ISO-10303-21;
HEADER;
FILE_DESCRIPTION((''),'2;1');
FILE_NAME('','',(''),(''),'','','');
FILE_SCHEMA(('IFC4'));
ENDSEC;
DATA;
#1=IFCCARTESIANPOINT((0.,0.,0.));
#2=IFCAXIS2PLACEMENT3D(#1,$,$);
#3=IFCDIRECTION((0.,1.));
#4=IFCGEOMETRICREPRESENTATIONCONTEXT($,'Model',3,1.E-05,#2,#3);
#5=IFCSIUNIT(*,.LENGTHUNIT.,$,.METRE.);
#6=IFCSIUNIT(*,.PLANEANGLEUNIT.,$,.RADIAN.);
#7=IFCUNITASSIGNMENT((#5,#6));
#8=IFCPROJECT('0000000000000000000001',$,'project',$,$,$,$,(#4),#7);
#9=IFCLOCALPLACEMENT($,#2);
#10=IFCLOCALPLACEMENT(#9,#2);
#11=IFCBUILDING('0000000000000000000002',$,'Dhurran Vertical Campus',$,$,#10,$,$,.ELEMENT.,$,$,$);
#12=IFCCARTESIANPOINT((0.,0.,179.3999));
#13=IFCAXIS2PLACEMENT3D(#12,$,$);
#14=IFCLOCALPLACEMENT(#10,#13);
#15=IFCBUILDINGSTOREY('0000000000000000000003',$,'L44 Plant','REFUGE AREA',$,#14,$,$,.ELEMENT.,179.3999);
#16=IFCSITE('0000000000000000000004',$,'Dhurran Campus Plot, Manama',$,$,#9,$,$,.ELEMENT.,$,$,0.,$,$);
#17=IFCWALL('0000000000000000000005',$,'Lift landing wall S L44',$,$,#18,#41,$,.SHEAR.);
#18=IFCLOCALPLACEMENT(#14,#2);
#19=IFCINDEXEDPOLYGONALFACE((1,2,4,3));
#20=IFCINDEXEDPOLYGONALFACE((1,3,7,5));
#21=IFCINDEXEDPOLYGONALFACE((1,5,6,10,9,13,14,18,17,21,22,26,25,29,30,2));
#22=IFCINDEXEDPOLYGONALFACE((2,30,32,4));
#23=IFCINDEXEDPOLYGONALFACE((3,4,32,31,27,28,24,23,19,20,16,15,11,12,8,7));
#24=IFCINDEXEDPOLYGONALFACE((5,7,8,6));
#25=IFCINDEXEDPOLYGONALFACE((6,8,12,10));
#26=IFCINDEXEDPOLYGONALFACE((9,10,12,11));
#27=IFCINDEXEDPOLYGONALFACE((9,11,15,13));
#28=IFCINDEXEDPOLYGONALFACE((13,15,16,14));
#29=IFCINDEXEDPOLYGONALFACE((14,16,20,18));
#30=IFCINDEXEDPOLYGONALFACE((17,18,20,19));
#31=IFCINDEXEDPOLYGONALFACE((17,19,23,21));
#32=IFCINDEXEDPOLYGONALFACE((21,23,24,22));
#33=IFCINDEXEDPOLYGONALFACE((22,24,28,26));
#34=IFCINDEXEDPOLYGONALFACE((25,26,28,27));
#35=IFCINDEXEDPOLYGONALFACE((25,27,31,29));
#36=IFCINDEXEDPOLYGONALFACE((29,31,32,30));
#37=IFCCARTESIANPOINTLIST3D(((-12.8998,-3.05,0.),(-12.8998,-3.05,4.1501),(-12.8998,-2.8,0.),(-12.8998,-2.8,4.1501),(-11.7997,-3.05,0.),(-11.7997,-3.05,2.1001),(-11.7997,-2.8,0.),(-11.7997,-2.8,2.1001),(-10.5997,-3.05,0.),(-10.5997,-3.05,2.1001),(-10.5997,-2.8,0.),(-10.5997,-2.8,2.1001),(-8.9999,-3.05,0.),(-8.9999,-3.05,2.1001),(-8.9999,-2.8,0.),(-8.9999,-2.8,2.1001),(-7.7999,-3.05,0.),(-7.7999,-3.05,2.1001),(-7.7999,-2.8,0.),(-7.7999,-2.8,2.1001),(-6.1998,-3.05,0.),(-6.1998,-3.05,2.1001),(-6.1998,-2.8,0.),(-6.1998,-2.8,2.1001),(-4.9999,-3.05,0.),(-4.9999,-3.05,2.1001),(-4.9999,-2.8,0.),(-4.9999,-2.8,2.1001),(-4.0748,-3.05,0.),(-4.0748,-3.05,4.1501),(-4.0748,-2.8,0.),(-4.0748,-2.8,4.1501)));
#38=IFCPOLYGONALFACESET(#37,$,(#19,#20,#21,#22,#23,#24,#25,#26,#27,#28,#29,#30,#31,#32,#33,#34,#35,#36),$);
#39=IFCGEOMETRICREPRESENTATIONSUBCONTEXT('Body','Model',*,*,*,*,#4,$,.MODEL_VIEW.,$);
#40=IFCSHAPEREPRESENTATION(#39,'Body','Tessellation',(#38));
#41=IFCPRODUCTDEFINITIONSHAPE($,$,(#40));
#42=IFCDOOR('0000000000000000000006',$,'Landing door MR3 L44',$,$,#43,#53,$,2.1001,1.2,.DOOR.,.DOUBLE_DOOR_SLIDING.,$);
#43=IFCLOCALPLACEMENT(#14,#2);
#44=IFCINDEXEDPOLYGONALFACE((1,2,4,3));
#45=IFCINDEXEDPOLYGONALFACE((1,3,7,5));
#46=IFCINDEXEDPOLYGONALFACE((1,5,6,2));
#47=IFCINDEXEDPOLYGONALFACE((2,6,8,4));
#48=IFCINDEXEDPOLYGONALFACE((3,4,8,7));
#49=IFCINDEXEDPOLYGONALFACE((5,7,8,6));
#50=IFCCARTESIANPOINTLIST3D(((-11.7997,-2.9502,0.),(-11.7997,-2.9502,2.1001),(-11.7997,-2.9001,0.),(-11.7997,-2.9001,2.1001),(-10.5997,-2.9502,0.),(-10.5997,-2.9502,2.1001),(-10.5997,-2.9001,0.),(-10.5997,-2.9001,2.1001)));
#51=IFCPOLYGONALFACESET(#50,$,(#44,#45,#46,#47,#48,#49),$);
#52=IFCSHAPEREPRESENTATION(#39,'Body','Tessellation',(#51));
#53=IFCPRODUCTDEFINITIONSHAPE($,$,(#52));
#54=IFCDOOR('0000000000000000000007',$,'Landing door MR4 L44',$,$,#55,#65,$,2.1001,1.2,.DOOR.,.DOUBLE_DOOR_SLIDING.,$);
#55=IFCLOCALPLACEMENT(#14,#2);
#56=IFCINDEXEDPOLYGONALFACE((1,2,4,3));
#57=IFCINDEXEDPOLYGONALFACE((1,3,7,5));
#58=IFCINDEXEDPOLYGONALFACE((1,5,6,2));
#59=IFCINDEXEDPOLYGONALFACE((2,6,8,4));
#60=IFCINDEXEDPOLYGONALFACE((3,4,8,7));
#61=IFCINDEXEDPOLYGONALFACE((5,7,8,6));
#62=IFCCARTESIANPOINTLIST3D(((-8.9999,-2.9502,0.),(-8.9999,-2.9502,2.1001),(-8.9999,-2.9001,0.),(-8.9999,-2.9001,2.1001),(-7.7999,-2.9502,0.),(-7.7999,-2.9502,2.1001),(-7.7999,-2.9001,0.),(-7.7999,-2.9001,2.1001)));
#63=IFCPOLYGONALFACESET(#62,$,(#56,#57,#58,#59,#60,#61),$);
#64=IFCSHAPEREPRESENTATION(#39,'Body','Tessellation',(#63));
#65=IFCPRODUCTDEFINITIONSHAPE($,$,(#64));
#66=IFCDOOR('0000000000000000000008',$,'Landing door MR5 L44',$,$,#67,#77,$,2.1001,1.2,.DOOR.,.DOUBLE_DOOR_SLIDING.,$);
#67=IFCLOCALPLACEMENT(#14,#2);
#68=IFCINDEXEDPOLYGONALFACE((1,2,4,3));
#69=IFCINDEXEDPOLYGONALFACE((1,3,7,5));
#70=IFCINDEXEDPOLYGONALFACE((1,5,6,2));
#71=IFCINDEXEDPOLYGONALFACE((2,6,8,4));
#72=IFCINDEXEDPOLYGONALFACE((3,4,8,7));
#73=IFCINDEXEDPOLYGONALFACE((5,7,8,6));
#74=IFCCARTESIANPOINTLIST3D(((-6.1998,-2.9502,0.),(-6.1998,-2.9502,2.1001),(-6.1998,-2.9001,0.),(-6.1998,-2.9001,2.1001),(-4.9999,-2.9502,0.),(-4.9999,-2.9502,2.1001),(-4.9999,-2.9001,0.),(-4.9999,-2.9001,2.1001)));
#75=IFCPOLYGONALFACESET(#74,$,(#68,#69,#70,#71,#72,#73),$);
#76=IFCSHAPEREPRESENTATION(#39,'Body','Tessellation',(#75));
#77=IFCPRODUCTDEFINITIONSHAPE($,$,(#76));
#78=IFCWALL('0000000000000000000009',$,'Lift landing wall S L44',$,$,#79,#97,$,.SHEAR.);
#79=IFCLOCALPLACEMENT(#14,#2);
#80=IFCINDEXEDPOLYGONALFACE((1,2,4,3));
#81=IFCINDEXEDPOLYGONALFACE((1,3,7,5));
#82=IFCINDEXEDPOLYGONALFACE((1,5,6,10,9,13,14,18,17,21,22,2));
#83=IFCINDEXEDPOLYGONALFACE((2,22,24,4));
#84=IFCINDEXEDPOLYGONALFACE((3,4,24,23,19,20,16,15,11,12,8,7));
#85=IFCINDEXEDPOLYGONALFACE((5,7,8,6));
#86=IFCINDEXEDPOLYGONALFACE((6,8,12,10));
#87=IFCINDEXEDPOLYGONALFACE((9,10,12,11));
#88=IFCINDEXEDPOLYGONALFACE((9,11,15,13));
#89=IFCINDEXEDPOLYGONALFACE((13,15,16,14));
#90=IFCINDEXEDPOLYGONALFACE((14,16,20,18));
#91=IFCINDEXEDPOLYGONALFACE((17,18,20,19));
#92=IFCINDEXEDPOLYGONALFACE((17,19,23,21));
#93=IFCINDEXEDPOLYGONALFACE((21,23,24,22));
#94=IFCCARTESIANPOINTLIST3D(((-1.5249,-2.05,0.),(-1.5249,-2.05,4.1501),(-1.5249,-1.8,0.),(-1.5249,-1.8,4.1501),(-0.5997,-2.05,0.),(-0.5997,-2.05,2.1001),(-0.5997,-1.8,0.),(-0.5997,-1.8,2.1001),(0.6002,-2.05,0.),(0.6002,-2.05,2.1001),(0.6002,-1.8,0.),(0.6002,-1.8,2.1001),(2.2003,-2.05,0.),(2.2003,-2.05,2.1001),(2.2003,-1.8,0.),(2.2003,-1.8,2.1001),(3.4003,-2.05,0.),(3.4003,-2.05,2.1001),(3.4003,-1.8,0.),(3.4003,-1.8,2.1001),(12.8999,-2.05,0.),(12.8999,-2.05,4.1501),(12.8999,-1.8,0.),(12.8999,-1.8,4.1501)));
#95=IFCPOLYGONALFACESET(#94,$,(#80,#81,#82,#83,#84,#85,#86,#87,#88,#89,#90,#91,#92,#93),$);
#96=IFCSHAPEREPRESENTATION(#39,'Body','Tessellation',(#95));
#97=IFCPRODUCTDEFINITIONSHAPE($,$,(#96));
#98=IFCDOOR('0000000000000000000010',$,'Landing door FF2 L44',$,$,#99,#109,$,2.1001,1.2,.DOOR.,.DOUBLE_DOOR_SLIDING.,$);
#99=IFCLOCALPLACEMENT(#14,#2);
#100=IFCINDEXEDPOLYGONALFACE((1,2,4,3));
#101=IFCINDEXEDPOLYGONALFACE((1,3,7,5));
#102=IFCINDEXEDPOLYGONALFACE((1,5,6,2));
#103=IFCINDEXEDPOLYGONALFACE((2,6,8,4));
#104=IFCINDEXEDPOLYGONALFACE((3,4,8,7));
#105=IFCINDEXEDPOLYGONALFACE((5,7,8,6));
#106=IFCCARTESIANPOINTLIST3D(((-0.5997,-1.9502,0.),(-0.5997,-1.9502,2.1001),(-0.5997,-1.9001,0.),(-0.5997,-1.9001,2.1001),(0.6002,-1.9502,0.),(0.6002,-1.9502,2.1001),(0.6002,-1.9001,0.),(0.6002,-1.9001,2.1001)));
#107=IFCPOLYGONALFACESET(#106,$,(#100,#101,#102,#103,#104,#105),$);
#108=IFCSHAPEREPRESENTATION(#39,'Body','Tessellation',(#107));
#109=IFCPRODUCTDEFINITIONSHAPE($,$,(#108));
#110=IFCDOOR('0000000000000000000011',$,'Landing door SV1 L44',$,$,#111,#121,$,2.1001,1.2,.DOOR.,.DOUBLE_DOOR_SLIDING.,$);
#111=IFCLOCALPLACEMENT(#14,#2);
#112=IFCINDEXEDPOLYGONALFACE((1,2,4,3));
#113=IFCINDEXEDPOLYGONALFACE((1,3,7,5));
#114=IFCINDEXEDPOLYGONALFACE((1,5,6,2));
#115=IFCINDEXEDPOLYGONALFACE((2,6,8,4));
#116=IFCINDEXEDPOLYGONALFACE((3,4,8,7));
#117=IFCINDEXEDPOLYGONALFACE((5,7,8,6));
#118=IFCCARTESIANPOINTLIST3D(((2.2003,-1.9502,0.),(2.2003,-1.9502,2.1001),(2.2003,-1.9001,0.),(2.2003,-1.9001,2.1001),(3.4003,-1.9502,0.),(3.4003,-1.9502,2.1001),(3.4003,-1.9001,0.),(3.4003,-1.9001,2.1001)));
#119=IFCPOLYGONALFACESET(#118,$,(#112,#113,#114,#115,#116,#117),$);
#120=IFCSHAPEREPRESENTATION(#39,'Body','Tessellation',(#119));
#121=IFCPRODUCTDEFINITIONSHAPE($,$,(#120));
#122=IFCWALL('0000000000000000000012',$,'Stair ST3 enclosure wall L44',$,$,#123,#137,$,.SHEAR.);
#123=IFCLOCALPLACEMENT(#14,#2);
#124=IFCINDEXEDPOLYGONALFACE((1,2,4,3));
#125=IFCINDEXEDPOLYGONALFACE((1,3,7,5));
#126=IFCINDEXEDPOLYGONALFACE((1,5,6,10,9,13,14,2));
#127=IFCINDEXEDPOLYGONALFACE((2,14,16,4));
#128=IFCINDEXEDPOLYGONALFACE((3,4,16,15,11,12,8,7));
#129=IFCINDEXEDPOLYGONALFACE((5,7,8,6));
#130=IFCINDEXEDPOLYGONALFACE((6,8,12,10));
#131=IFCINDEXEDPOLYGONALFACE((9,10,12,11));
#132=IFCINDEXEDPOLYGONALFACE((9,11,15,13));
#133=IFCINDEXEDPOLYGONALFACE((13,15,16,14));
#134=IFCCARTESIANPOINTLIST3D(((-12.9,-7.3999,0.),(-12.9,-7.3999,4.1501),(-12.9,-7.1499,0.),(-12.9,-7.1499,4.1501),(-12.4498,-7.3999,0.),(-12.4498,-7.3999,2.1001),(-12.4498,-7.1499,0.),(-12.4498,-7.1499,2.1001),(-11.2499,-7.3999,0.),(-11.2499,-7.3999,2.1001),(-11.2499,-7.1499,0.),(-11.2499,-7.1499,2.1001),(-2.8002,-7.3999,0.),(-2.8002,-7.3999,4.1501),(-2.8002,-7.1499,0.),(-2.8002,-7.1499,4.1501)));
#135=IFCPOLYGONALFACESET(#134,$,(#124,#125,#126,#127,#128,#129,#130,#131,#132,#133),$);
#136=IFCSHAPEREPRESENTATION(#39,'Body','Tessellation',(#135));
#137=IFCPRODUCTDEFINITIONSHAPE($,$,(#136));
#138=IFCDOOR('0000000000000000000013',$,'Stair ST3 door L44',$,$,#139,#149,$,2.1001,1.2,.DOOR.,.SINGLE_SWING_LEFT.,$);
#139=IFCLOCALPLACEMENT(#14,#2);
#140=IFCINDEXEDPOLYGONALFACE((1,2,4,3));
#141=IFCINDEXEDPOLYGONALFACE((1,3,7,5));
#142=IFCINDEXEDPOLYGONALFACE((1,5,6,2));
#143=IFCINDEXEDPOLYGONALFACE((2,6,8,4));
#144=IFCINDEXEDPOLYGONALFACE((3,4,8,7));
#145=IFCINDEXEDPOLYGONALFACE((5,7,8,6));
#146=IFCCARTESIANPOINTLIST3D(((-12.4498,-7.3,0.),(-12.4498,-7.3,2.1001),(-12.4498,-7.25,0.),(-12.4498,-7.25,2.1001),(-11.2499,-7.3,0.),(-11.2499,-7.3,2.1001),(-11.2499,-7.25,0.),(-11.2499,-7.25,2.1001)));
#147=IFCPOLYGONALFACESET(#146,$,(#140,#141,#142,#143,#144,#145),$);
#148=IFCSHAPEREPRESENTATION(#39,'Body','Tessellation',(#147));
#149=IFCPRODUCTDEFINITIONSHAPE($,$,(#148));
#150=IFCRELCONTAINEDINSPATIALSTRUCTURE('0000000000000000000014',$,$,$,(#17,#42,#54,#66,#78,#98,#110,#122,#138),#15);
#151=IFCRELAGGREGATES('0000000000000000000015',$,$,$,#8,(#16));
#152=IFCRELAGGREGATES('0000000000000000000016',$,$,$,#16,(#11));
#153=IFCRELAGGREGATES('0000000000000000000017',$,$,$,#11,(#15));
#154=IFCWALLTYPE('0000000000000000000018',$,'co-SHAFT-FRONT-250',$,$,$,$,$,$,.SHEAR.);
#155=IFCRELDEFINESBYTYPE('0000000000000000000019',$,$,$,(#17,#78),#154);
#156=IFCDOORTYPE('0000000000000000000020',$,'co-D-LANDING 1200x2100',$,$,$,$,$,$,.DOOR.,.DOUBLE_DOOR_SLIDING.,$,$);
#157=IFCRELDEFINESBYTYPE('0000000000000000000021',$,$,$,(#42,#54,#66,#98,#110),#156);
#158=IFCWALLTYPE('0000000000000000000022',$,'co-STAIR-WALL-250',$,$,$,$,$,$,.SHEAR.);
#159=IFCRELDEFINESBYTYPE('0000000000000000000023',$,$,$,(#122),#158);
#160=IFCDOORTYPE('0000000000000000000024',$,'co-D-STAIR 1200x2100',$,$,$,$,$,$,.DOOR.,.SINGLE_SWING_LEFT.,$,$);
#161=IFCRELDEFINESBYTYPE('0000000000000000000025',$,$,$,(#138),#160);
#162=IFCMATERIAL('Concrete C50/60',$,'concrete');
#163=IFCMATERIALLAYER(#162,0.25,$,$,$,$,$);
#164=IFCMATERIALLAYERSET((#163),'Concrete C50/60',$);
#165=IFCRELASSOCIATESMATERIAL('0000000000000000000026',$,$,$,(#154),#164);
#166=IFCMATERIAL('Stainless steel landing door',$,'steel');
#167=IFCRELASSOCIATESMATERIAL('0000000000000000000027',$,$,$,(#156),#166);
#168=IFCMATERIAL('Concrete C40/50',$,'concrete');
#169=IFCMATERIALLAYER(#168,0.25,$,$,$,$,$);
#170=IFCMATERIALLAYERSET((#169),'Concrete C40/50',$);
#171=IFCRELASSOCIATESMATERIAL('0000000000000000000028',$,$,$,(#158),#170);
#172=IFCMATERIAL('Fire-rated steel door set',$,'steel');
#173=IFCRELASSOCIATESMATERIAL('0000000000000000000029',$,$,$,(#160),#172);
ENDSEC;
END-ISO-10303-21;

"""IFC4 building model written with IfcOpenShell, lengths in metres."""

from ifc_helpers import new_model, si_unit, direction, frame, frame_2d, origin, place, context, subcontext, project, spatial, rectangle, extrude, material, layer, layer_set, type_object, element, fill, save


model = new_model("IFC4")

# Units and contexts
model_context = context("Model", 3, precision=1e-05, world=origin(), true_north=direction((0.0, 1.0)))
body_context = subcontext(model_context, "Body", "Model", "MODEL_VIEW")
ifc_project = project(units=[si_unit("LENGTHUNIT", "METRE"), si_unit("PLANEANGLEUNIT", "RADIAN")], contexts=[model_context])

# Site, building, storey
site_placement = place(None, origin())
site = spatial("IfcSite", under=ifc_project, at=site_placement, Name="Dhurran Campus Plot, Manama", CompositionType="ELEMENT", RefElevation=0.0)
building_placement = place(site_placement, origin())
building = spatial("IfcBuilding", under=site, at=building_placement, Name="Dhurran Vertical Campus", CompositionType="ELEMENT")
storey_placement = place(building_placement, frame((0.0, 0.0, 179.3999)))
storey = spatial("IfcBuildingStorey", under=building, at=storey_placement, Name="L44 Plant", Description="REFUGE AREA", CompositionType="ELEMENT", Elevation=179.3999)

# Walls, openings, doors
ifc_material_1 = material(Name="Concrete C50/60", Category="concrete")
ifc_layer_1 = layer(ifc_material_1, 0.25)
ifc_layer_set_1 = layer_set([ifc_layer_1], Name="Concrete C50/60")
wall_type_1 = type_object("IfcWallType", Name="co-SHAFT-FRONT-250", PredefinedType="SHEAR", material=ifc_layer_set_1)
wall_1_placement = place(storey_placement, frame((-12.8999, -2.925, 0.0), z_axis=(0.0, 0.0, 1.0), x_axis=(1.0, 0.0, 0.0)))
wall_1 = element("IfcWall", 1, at=wall_1_placement, inside=storey, type_object=wall_type_1, Name="Lift landing wall S L44", PredefinedType="SHEAR", context=body_context, shape_type="SweptSolid", body=[
    extrude(rectangle(XDim=8.825, YDim=0.25, at=frame_2d((4.4126, 0.0))), origin(), (0.0, 0.0, 1.0), 4.1501),
])
opening_1_placement = place(wall_1_placement, frame((1.1001, 0.0, 0.0)))
opening_1 = element("IfcOpeningElement", 2, at=opening_1_placement, cuts=wall_1, PredefinedType="OPENING", context=body_context, shape_type="SweptSolid", body=[
    extrude(rectangle(XDim=1.2, YDim=2.1001, at=frame_2d((0.6001, 1.05))), frame((0.0, 0.135, 0.0), z_axis=(0.0, -1.0, 0.0), x_axis=(1.0, 0.0, 0.0)), (0.0, 0.0, 1.0), 0.27),
])
opening_2_placement = place(wall_1_placement, frame((3.8999, 0.0, 0.0)))
opening_2 = element("IfcOpeningElement", 3, at=opening_2_placement, cuts=wall_1, PredefinedType="OPENING", context=body_context, shape_type="SweptSolid", body=[
    extrude(rectangle(XDim=1.2, YDim=2.1001, at=frame_2d((0.6001, 1.05))), frame((0.0, 0.135, 0.0), z_axis=(0.0, -1.0, 0.0), x_axis=(1.0, 0.0, 0.0)), (0.0, 0.0, 1.0), 0.27),
])
opening_3_placement = place(wall_1_placement, frame((6.7, 0.0, 0.0)))
opening_3 = element("IfcOpeningElement", 4, at=opening_3_placement, cuts=wall_1, PredefinedType="OPENING", context=body_context, shape_type="SweptSolid", body=[
    extrude(rectangle(XDim=1.2, YDim=2.1001, at=frame_2d((0.6001, 1.05))), frame((0.0, 0.135, 0.0), z_axis=(0.0, -1.0, 0.0), x_axis=(1.0, 0.0, 0.0)), (0.0, 0.0, 1.0), 0.27),
])
ifc_material_2 = material(Name="Stainless steel landing door", Category="steel")
door_type_1 = type_object("IfcDoorType", Name="co-D-LANDING 1200x2100", OperationType="DOUBLE_DOOR_SLIDING", PredefinedType="DOOR", material=ifc_material_2)
door_1_placement = place(opening_1_placement, origin())
door_1 = element("IfcDoor", 5, at=door_1_placement, inside=storey, type_object=door_type_1, Name="Landing door MR3 L44", OperationType="DOUBLE_DOOR_SLIDING", OverallHeight=2.1001, OverallWidth=1.2, PredefinedType="DOOR", context=body_context, shape_type="SweptSolid", body=[
    extrude(rectangle(XDim=1.2, YDim=2.1001, at=frame_2d((0.6001, 1.05))), frame((0.0, 0.0249, 0.0), z_axis=(0.0, -1.0, 0.0), x_axis=(1.0, 0.0, 0.0)), (0.0, 0.0, 1.0), 0.05),
])
fill(opening_1, door_1)
door_2_placement = place(opening_2_placement, origin())
door_2 = element("IfcDoor", 6, at=door_2_placement, inside=storey, type_object=door_type_1, Name="Landing door MR4 L44", OperationType="DOUBLE_DOOR_SLIDING", OverallHeight=2.1001, OverallWidth=1.2, PredefinedType="DOOR", context=body_context, shape_type="SweptSolid", body=[
    extrude(rectangle(XDim=1.2, YDim=2.1001, at=frame_2d((0.6001, 1.05))), frame((0.0, 0.0249, 0.0), z_axis=(0.0, -1.0, 0.0), x_axis=(1.0, 0.0, 0.0)), (0.0, 0.0, 1.0), 0.05),
])
fill(opening_2, door_2)
door_3_placement = place(opening_3_placement, origin())
door_3 = element("IfcDoor", 7, at=door_3_placement, inside=storey, type_object=door_type_1, Name="Landing door MR5 L44", OperationType="DOUBLE_DOOR_SLIDING", OverallHeight=2.1001, OverallWidth=1.2, PredefinedType="DOOR", context=body_context, shape_type="SweptSolid", body=[
    extrude(rectangle(XDim=1.2, YDim=2.1001, at=frame_2d((0.6001, 1.05))), frame((0.0, 0.0249, 0.0), z_axis=(0.0, -1.0, 0.0), x_axis=(1.0, 0.0, 0.0)), (0.0, 0.0, 1.0), 0.05),
])
fill(opening_3, door_3)
wall_2_placement = place(storey_placement, frame((-1.5249, -1.925, 0.0), z_axis=(0.0, 0.0, 1.0), x_axis=(1.0, 0.0, 0.0)))
wall_2 = element("IfcWall", 8, at=wall_2_placement, inside=storey, type_object=wall_type_1, Name="Lift landing wall S L44", PredefinedType="SHEAR", context=body_context, shape_type="SweptSolid", body=[
    extrude(rectangle(XDim=14.4248, YDim=0.25, at=frame_2d((7.2124, 0.0))), origin(), (0.0, 0.0, 1.0), 4.1501),
])
opening_4_placement = place(wall_2_placement, frame((0.925, 0.0, 0.0)))
opening_4 = element("IfcOpeningElement", 9, at=opening_4_placement, cuts=wall_2, PredefinedType="OPENING", context=body_context, shape_type="SweptSolid", body=[
    extrude(rectangle(XDim=1.2, YDim=2.1001, at=frame_2d((0.6001, 1.05))), frame((0.0, 0.135, 0.0), z_axis=(0.0, -1.0, 0.0), x_axis=(1.0, 0.0, 0.0)), (0.0, 0.0, 1.0), 0.27),
])
opening_5_placement = place(wall_2_placement, frame((3.7251, 0.0, 0.0)))
opening_5 = element("IfcOpeningElement", 10, at=opening_5_placement, cuts=wall_2, PredefinedType="OPENING", context=body_context, shape_type="SweptSolid", body=[
    extrude(rectangle(XDim=1.2, YDim=2.1001, at=frame_2d((0.6001, 1.05))), frame((0.0, 0.135, 0.0), z_axis=(0.0, -1.0, 0.0), x_axis=(1.0, 0.0, 0.0)), (0.0, 0.0, 1.0), 0.27),
])
door_4_placement = place(opening_4_placement, origin())
door_4 = element("IfcDoor", 11, at=door_4_placement, inside=storey, type_object=door_type_1, Name="Landing door FF2 L44", OperationType="DOUBLE_DOOR_SLIDING", OverallHeight=2.1001, OverallWidth=1.2, PredefinedType="DOOR", context=body_context, shape_type="SweptSolid", body=[
    extrude(rectangle(XDim=1.2, YDim=2.1001, at=frame_2d((0.6001, 1.05))), frame((0.0, 0.0249, 0.0), z_axis=(0.0, -1.0, 0.0), x_axis=(1.0, 0.0, 0.0)), (0.0, 0.0, 1.0), 0.05),
])
fill(opening_4, door_4)
door_5_placement = place(opening_5_placement, origin())
door_5 = element("IfcDoor", 12, at=door_5_placement, inside=storey, type_object=door_type_1, Name="Landing door SV1 L44", OperationType="DOUBLE_DOOR_SLIDING", OverallHeight=2.1001, OverallWidth=1.2, PredefinedType="DOOR", context=body_context, shape_type="SweptSolid", body=[
    extrude(rectangle(XDim=1.2, YDim=2.1001, at=frame_2d((0.6001, 1.05))), frame((0.0, 0.0249, 0.0), z_axis=(0.0, -1.0, 0.0), x_axis=(1.0, 0.0, 0.0)), (0.0, 0.0, 1.0), 0.05),
])
fill(opening_5, door_5)

# Wall, opening, door
ifc_material_3 = material(Name="Concrete C40/50", Category="concrete")
ifc_layer_2 = layer(ifc_material_3, 0.25)
ifc_layer_set_2 = layer_set([ifc_layer_2], Name="Concrete C40/50")
wall_type_2 = type_object("IfcWallType", Name="co-STAIR-WALL-250", PredefinedType="SHEAR", material=ifc_layer_set_2)
wall_3_placement = place(storey_placement, frame((-12.8999, -7.2749, 0.0), z_axis=(0.0, 0.0, 1.0), x_axis=(1.0, 0.0, 0.0)))
wall_3 = element("IfcWall", 13, at=wall_3_placement, inside=storey, type_object=wall_type_2, Name="Stair ST3 enclosure wall L44", PredefinedType="SHEAR", context=body_context, shape_type="SweptSolid", body=[
    extrude(rectangle(XDim=10.0999, YDim=0.25, at=frame_2d((5.0498, 0.0))), origin(), (0.0, 0.0, 1.0), 4.1501),
])
opening_6_placement = place(wall_3_placement, frame((0.45, 0.0, 0.0)))
opening_6 = element("IfcOpeningElement", 14, at=opening_6_placement, cuts=wall_3, PredefinedType="OPENING", context=body_context, shape_type="SweptSolid", body=[
    extrude(rectangle(XDim=1.2, YDim=2.1001, at=frame_2d((0.6001, 1.05))), frame((0.0, 0.135, 0.0), z_axis=(0.0, -1.0, 0.0), x_axis=(1.0, 0.0, 0.0)), (0.0, 0.0, 1.0), 0.27),
])
ifc_material_4 = material(Name="Fire-rated steel door set", Category="steel")
door_type_2 = type_object("IfcDoorType", Name="co-D-STAIR 1200x2100", OperationType="SINGLE_SWING_LEFT", PredefinedType="DOOR", material=ifc_material_4)
door_6_placement = place(opening_6_placement, origin())
door_6 = element("IfcDoor", 15, at=door_6_placement, inside=storey, type_object=door_type_2, Name="Stair ST3 door L44", OperationType="SINGLE_SWING_LEFT", OverallHeight=2.1001, OverallWidth=1.2, PredefinedType="DOOR", context=body_context, shape_type="SweptSolid", body=[
    extrude(rectangle(XDim=1.2, YDim=2.1001, at=frame_2d((0.6001, 1.05))), frame((0.0, 0.0249, 0.0), z_axis=(0.0, -1.0, 0.0), x_axis=(1.0, 0.0, 0.0)), (0.0, 0.0, 1.0), 0.05),
])
fill(opening_6, door_6)

save(model, "model.ifc")
